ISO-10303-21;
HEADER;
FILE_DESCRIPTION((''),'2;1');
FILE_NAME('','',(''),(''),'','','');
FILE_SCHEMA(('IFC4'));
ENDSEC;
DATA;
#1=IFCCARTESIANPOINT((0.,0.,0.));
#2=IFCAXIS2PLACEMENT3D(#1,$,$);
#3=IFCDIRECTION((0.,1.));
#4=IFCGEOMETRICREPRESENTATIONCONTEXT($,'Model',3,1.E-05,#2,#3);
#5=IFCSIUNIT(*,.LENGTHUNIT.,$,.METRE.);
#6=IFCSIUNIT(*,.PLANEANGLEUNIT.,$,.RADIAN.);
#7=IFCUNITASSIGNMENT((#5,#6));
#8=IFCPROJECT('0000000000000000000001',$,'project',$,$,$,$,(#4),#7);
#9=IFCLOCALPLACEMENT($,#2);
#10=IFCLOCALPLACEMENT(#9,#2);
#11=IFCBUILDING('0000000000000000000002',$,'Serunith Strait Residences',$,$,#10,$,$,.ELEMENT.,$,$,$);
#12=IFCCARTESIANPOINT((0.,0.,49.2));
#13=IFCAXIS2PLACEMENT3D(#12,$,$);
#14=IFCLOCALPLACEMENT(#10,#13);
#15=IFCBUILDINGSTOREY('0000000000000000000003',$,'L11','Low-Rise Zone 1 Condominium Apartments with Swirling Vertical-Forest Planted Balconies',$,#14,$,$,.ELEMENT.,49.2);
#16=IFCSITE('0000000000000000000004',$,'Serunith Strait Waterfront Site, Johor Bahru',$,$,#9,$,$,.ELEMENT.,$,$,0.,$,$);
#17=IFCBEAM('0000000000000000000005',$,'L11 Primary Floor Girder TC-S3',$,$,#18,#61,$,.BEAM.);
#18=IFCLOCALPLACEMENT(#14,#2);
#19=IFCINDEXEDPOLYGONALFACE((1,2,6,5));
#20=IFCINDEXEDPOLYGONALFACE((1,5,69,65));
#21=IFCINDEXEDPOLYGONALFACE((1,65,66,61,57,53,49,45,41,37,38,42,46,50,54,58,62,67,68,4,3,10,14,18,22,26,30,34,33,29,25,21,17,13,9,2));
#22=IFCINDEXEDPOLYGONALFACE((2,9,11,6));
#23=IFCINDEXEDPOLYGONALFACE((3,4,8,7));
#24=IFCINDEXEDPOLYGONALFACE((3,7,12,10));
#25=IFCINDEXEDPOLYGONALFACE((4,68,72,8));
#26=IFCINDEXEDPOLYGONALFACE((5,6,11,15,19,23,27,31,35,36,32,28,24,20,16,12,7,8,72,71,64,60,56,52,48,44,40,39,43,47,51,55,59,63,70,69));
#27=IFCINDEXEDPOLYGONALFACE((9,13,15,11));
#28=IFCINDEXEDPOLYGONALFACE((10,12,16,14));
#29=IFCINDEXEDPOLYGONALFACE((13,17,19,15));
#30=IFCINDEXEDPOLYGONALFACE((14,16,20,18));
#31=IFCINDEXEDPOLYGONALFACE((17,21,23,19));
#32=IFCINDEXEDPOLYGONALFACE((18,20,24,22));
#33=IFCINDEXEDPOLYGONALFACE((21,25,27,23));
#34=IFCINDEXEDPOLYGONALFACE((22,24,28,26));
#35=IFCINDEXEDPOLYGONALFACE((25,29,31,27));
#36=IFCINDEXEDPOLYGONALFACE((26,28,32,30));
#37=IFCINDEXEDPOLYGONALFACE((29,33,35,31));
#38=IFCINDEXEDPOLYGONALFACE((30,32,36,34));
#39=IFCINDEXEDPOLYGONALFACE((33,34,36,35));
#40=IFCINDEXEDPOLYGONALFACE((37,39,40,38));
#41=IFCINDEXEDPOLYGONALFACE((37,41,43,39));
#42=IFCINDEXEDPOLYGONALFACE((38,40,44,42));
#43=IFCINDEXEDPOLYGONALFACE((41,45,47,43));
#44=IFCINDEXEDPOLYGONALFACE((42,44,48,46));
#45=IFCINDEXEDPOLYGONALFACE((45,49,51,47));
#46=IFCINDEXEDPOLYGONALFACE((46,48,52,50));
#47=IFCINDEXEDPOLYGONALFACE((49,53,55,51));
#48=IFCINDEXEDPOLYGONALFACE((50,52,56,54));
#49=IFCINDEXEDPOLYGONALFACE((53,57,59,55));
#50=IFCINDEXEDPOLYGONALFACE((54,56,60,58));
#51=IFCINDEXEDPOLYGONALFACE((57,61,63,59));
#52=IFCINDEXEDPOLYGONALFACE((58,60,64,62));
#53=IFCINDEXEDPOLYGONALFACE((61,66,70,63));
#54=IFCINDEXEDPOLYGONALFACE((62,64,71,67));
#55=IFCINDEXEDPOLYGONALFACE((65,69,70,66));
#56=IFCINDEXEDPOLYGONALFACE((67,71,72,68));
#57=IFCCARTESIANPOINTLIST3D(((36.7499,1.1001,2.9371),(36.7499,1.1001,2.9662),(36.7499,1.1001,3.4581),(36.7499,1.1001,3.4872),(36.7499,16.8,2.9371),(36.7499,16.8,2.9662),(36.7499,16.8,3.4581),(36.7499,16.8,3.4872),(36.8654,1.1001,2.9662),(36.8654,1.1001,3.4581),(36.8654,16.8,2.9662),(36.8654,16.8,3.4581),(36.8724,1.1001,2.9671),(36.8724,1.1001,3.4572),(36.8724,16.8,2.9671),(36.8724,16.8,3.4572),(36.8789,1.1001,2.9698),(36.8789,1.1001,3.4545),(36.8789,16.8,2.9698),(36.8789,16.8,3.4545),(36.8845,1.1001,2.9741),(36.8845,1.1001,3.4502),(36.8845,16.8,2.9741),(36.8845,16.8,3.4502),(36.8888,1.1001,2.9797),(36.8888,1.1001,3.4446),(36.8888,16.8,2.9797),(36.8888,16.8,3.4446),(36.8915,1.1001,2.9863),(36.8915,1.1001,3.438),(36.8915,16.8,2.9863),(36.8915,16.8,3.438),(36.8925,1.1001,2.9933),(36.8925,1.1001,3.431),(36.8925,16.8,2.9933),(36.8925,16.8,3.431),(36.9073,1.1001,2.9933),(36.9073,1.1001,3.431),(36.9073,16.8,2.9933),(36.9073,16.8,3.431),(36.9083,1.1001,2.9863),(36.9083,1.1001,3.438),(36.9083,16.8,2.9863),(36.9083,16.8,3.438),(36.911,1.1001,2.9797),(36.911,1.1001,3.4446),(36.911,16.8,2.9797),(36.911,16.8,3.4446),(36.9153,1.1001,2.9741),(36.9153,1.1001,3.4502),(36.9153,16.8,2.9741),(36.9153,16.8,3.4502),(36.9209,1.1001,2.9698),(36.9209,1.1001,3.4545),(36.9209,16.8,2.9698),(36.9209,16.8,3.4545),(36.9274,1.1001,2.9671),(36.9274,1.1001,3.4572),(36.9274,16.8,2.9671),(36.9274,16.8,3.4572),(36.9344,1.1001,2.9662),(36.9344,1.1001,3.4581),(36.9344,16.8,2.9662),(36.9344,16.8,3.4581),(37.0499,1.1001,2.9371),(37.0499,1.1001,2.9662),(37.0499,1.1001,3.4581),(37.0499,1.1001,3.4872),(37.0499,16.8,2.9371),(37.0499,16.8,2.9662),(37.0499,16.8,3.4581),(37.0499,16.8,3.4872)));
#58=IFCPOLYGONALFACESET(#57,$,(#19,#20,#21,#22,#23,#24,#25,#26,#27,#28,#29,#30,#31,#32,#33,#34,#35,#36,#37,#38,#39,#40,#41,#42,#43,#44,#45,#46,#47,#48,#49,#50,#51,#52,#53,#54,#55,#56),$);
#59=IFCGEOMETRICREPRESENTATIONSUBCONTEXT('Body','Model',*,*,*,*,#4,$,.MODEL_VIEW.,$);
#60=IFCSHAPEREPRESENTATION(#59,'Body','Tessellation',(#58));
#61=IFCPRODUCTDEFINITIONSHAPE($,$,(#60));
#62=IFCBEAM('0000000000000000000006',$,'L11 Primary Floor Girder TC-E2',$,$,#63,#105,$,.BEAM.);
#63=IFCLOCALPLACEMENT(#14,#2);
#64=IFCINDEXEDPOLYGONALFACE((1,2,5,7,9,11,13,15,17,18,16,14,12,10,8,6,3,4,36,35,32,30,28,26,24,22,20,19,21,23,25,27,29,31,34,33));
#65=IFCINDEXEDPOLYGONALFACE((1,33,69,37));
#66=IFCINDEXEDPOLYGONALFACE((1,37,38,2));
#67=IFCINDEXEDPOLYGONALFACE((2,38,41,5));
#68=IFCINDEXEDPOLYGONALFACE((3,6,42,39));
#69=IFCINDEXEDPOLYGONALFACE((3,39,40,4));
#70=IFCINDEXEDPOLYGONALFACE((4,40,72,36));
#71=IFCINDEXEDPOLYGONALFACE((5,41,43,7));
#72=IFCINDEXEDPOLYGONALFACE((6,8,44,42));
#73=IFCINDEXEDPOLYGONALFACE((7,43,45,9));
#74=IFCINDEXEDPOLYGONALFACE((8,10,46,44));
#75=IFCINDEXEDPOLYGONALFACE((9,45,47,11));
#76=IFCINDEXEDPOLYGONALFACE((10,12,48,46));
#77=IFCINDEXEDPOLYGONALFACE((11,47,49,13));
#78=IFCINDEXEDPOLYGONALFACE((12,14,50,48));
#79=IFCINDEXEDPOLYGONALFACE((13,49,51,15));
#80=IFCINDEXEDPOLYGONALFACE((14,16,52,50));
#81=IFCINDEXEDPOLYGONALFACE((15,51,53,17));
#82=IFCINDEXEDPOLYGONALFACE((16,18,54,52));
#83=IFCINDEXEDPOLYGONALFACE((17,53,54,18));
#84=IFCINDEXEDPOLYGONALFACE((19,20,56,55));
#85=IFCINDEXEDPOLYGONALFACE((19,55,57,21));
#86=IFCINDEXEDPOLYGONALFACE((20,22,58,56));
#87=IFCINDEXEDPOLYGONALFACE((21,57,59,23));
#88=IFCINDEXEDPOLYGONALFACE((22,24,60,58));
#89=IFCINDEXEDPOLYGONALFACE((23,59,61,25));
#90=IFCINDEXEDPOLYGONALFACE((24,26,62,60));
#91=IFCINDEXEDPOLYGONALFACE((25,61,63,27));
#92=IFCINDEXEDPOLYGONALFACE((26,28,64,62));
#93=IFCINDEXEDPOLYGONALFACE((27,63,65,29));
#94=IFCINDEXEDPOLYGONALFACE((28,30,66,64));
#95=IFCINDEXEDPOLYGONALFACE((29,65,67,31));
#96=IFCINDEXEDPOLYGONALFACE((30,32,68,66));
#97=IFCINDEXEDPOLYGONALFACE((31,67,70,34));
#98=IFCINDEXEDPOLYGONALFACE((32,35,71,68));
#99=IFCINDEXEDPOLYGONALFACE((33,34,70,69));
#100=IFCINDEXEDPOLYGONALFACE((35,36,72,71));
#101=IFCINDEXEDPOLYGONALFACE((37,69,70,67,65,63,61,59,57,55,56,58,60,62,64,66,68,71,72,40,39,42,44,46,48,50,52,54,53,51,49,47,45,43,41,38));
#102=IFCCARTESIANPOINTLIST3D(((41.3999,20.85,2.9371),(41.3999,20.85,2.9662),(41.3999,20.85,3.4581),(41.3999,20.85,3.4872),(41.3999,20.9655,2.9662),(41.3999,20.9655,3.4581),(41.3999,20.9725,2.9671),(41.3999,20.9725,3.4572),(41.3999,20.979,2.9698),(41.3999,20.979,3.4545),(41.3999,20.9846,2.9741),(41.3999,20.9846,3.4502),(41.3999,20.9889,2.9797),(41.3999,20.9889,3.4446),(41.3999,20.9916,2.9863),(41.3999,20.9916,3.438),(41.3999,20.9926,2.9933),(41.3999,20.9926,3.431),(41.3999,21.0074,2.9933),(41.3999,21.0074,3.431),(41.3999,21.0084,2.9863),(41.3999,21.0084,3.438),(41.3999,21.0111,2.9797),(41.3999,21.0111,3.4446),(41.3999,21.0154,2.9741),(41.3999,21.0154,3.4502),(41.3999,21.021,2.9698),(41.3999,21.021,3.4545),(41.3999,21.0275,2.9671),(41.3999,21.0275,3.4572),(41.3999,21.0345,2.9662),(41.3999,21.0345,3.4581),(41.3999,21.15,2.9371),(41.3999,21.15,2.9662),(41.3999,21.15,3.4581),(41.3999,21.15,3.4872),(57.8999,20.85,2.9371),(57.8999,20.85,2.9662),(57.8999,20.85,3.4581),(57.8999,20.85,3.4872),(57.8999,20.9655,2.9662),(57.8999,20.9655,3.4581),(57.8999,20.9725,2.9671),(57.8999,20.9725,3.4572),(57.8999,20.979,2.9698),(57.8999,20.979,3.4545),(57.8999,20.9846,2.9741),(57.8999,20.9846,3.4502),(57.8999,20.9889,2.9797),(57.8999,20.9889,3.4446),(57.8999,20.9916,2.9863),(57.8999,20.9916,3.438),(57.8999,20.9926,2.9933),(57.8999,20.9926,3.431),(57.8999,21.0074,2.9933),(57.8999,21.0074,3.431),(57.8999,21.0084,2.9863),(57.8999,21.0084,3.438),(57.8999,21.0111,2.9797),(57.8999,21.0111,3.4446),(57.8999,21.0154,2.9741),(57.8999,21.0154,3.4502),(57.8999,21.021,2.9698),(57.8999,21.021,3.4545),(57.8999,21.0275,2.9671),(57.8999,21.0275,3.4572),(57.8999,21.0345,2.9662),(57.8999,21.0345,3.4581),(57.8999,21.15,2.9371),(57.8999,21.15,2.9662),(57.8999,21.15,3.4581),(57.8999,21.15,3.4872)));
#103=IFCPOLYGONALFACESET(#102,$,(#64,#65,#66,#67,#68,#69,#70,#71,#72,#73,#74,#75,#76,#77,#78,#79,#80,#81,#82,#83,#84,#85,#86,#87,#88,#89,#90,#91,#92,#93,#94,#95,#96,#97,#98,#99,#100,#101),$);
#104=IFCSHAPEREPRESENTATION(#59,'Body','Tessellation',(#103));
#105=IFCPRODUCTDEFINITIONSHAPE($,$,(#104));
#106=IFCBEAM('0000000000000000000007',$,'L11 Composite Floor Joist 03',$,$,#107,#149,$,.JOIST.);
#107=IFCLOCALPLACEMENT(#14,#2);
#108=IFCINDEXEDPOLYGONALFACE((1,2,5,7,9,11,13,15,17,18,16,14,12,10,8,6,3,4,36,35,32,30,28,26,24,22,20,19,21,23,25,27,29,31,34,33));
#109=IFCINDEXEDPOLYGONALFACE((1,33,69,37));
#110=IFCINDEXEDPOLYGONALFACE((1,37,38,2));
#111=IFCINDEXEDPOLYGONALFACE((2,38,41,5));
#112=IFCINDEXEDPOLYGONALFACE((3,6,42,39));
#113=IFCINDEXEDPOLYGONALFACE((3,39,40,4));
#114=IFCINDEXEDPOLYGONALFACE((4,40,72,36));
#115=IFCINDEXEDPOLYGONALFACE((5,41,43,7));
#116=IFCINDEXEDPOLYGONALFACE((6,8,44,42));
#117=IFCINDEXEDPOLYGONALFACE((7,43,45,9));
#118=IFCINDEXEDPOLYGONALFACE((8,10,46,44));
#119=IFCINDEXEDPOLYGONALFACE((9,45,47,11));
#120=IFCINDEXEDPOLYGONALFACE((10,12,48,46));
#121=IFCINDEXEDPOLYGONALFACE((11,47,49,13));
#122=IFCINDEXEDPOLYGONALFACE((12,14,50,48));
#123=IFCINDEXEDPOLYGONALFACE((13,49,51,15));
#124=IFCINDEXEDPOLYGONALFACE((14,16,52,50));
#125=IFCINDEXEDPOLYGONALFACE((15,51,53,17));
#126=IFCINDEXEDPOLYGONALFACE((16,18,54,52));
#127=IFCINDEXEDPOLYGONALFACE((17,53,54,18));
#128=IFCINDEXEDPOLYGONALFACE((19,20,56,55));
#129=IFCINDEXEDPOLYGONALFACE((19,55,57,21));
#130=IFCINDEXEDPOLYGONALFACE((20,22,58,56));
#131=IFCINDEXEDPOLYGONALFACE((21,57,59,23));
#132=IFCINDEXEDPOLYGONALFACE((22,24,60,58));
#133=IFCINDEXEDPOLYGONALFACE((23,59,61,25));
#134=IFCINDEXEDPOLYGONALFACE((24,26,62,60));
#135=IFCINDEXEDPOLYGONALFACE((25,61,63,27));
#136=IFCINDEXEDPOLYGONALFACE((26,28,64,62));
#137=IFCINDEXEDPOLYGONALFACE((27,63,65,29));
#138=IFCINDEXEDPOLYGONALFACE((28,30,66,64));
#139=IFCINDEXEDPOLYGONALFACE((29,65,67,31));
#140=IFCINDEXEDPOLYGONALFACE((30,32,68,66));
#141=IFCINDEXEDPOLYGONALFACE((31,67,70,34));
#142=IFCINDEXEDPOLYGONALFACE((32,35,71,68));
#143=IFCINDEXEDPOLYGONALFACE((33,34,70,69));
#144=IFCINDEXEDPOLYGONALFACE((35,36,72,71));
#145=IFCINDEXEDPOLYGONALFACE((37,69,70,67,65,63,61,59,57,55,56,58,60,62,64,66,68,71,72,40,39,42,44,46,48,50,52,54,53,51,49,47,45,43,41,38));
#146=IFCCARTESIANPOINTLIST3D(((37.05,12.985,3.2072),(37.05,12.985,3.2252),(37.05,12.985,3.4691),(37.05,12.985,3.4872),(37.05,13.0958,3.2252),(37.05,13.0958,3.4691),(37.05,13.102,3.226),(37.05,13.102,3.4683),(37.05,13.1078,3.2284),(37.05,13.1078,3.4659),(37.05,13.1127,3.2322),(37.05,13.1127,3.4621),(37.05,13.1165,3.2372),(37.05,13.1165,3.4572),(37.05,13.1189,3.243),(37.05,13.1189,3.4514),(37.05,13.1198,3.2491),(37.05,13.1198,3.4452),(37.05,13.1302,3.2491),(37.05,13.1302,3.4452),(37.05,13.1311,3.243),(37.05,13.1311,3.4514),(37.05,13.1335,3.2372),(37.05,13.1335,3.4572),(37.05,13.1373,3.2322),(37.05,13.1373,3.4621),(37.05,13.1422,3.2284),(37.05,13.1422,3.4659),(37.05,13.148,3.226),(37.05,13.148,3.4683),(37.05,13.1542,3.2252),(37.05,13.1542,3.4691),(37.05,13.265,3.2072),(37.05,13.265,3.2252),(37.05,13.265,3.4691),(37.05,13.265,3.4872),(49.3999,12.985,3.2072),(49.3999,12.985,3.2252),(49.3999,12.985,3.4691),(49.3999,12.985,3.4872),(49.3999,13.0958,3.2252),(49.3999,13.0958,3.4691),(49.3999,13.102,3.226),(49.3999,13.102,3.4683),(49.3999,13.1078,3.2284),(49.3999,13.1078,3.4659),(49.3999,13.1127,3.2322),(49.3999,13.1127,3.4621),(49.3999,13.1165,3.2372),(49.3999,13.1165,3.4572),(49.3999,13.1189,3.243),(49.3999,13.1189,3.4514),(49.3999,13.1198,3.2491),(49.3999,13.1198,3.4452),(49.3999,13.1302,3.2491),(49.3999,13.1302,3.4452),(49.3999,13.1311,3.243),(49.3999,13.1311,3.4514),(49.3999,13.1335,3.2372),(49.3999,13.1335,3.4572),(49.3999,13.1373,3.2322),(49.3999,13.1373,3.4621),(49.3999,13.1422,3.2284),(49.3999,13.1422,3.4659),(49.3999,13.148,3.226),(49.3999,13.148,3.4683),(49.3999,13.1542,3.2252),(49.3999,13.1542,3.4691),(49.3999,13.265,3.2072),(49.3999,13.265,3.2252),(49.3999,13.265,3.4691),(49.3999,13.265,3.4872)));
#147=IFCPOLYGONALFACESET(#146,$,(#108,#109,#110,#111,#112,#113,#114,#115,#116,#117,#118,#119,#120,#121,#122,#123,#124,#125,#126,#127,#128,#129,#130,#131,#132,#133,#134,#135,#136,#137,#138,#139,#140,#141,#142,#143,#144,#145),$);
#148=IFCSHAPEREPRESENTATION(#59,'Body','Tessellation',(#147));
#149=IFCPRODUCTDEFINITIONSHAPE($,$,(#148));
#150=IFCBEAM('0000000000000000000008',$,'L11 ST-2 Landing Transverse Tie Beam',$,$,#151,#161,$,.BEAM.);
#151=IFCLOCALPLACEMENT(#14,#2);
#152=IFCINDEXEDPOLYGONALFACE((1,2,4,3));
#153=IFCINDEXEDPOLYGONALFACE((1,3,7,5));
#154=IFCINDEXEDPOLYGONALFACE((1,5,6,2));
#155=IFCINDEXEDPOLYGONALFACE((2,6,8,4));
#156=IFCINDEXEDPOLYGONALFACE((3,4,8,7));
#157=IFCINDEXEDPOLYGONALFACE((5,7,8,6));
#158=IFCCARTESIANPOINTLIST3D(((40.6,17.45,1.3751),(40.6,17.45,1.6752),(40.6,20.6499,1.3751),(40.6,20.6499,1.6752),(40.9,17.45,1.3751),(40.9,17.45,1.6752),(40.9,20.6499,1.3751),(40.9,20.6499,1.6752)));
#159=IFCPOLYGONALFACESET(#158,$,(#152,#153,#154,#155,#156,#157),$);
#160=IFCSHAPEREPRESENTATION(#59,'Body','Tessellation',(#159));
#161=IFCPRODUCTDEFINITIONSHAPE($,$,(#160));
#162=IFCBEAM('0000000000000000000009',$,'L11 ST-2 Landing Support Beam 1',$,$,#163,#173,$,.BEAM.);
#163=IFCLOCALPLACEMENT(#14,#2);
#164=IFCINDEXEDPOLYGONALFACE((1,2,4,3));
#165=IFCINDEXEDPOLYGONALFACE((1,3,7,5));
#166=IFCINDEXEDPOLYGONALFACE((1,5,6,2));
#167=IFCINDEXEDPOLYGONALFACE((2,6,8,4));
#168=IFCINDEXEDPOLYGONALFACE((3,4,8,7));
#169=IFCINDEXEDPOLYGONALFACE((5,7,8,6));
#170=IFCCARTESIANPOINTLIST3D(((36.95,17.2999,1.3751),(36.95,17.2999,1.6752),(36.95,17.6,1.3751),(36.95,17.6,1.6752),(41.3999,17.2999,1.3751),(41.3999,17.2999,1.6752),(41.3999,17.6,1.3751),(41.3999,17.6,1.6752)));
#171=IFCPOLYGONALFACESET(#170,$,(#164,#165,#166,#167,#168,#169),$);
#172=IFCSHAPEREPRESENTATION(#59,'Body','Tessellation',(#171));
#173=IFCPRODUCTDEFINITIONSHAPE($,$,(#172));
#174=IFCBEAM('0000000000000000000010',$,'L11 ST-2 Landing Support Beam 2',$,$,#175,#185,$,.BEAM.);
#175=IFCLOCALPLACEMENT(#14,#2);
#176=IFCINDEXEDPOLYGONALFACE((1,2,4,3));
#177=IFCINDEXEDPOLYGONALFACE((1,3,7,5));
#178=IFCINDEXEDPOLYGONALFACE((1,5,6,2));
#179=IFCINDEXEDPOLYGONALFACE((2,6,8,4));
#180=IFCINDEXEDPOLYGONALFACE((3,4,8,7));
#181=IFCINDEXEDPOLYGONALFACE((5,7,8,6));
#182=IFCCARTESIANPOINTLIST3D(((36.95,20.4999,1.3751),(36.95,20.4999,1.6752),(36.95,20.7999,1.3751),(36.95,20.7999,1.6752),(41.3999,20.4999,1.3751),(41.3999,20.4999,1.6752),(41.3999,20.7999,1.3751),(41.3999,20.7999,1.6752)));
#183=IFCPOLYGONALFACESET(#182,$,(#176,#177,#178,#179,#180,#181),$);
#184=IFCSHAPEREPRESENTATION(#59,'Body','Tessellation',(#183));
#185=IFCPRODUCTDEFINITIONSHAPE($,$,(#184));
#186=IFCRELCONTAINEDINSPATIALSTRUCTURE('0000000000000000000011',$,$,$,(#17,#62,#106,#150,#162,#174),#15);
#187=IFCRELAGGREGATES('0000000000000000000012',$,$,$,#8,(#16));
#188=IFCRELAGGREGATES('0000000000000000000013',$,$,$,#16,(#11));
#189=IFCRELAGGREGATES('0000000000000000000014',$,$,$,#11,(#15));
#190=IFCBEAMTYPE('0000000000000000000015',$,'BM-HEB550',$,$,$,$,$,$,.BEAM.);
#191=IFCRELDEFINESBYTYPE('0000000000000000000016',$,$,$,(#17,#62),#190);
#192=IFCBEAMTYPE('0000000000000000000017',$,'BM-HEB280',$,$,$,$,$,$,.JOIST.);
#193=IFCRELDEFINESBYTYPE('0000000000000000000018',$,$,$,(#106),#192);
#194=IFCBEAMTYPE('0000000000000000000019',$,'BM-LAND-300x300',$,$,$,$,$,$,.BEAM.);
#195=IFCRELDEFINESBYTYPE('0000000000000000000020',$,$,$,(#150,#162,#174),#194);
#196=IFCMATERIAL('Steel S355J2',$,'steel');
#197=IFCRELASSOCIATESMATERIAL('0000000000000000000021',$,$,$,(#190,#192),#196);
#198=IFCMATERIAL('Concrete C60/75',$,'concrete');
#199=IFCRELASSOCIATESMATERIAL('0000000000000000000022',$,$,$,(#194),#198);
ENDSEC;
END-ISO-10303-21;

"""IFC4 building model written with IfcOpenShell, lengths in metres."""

from ifc_helpers import new_model, si_unit, direction, frame, origin, origin_2d, place, context, subcontext, project, spatial, rectangle, i_section, extrude, source, transform, mapped, material, material_profile, profile_set, type_object, element, save


model = new_model("IFC4")

# Units and contexts
model_context = context("Model", 3, precision=1e-05, world=origin(), true_north=direction((0.0, 1.0)))
body_context = subcontext(model_context, "Body", "Model", "MODEL_VIEW")
ifc_project = project(units=[si_unit("LENGTHUNIT", "METRE"), si_unit("PLANEANGLEUNIT", "RADIAN")], contexts=[model_context])

# Site, building, storey
site_placement = place(None, origin())
site = spatial("IfcSite", under=ifc_project, at=site_placement, Name="Serunith Strait Waterfront Site, Johor Bahru", CompositionType="ELEMENT", RefElevation=0.0)
building_placement = place(site_placement, origin())
building = spatial("IfcBuilding", under=site, at=building_placement, Name="Serunith Strait Residences", CompositionType="ELEMENT")
storey_placement = place(building_placement, frame((0.0, 0.0, 49.2)))
storey = spatial("IfcBuildingStorey", under=building, at=storey_placement, Name="L11", Description="Low-Rise Zone 1 Condominium Apartments with Swirling Vertical-Forest Planted Balconies", CompositionType="ELEMENT", Elevation=49.2)

# Beams
ifc_material_1 = material(Name="Steel S355J2", Category="steel")
ifc_material_profile_1 = material_profile(ifc_material_1, i_section(OverallWidth=0.3, OverallDepth=0.55, WebThickness=0.0149, FlangeThickness=0.0291, FilletRadius=0.0271, at=origin_2d()), Name="HEB 550")
ifc_profile_set_1 = profile_set([ifc_material_profile_1], Name="Steel S355J2")
beam_type_1 = type_object("IfcBeamType", Name="BM-HEB550", PredefinedType="BEAM", material=ifc_profile_set_1)
shared_shape_1 = source(origin(), body_context, "Body", "SweptSolid", [
    extrude(i_section(OverallWidth=0.3, OverallDepth=0.55, WebThickness=0.0149, FlangeThickness=0.0291, FilletRadius=0.0271, at=origin_2d()), origin(), (0.0, 0.0, 1.0), 15.7),
])
beam_1_placement = place(storey_placement, frame((36.8999, 16.8, 3.2122), z_axis=(0.0, -1.0, 0.0), x_axis=(1.0, 0.0, 0.0)))
element("IfcBeam", 1, at=beam_1_placement, inside=storey, type_object=beam_type_1, Name="L11 Primary Floor Girder TC-S3", PredefinedType="BEAM", context=body_context, shape_type="MappedRepresentation", body=[
    mapped(shared_shape_1, transform((0.0, 0.0, 0.0), scale=1.0)),
])
shared_shape_2 = source(origin(), body_context, "Body", "SweptSolid", [
    extrude(i_section(OverallWidth=0.3, OverallDepth=0.55, WebThickness=0.0149, FlangeThickness=0.0291, FilletRadius=0.0271, at=origin_2d()), origin(), (0.0, 0.0, 1.0), 16.5),
])
beam_2_placement = place(storey_placement, frame((41.3999, 21.0, 3.2122), z_axis=(1.0, 0.0, 0.0), x_axis=(0.0, 1.0, 0.0)))
element("IfcBeam", 2, at=beam_2_placement, inside=storey, type_object=beam_type_1, Name="L11 Primary Floor Girder TC-E2", PredefinedType="BEAM", context=body_context, shape_type="MappedRepresentation", body=[
    mapped(shared_shape_2, transform((0.0, 0.0, 0.0), scale=1.0)),
])
ifc_material_profile_2 = material_profile(ifc_material_1, i_section(OverallWidth=0.28, OverallDepth=0.28, WebThickness=0.0105, FlangeThickness=0.0181, FilletRadius=0.0239, at=origin_2d()), Name="HEB 280")
ifc_profile_set_2 = profile_set([ifc_material_profile_2], Name="Steel S355J2")
beam_type_2 = type_object("IfcBeamType", Name="BM-HEB280", PredefinedType="JOIST", material=ifc_profile_set_2)
shared_shape_3 = source(origin(), body_context, "Body", "SweptSolid", [
    extrude(i_section(OverallWidth=0.28, OverallDepth=0.28, WebThickness=0.0105, FlangeThickness=0.0181, FilletRadius=0.0239, at=origin_2d()), origin(), (0.0, 0.0, 1.0), 12.3499),
])
beam_3_placement = place(storey_placement, frame((37.05, 13.125, 3.3472), z_axis=(1.0, 0.0, 0.0), x_axis=(0.0, 1.0, 0.0)))
element("IfcBeam", 3, at=beam_3_placement, inside=storey, type_object=beam_type_2, Name="L11 Composite Floor Joist 03", PredefinedType="JOIST", context=body_context, shape_type="MappedRepresentation", body=[
    mapped(shared_shape_3, transform((0.0, 0.0, 0.0), scale=1.0)),
])
ifc_material_2 = material(Name="Concrete C60/75", Category="concrete")
ifc_material_profile_3 = material_profile(ifc_material_2, rectangle(XDim=0.3, YDim=0.3, at=origin_2d()), Name="RC 300x300")
ifc_profile_set_3 = profile_set([ifc_material_profile_3], Name="Concrete C60/75")
beam_type_3 = type_object("IfcBeamType", Name="BM-LAND-300x300", PredefinedType="BEAM", material=ifc_profile_set_3)
shared_shape_4 = source(origin(), body_context, "Body", "SweptSolid", [
    extrude(rectangle(XDim=0.3, YDim=0.3, at=origin_2d()), origin(), (0.0, 0.0, 1.0), 3.2),
])
beam_4_placement = place(storey_placement, frame((40.75, 17.45, 1.5251), z_axis=(0.0, 1.0, 0.0), x_axis=(-1.0, 0.0, 0.0)))
element("IfcBeam", 4, at=beam_4_placement, inside=storey, type_object=beam_type_3, Name="L11 ST-2 Landing Transverse Tie Beam", PredefinedType="BEAM", context=body_context, shape_type="MappedRepresentation", body=[
    mapped(shared_shape_4, transform((0.0, 0.0, 0.0), scale=1.0)),
])
shared_shape_5 = source(origin(), body_context, "Body", "SweptSolid", [
    extrude(rectangle(XDim=0.3, YDim=0.3, at=origin_2d()), origin(), (0.0, 0.0, 1.0), 4.45),
])
for number, where, z_axis, x_axis, name in (
    (5, (36.95, 17.45, 1.5251), (1.0, 0.0, 0.0), (0.0, 1.0, 0.0), "L11 ST-2 Landing Support Beam 1"),
    (6, (36.95, 20.6499, 1.5251), (1.0, 0.0, 0.0), (0.0, 1.0, 0.0), "L11 ST-2 Landing Support Beam 2"),
):
    element("IfcBeam", number, at=place(storey_placement, frame(where, z_axis=z_axis, x_axis=x_axis)), inside=storey, type_object=beam_type_3, Name=name, PredefinedType="BEAM", context=body_context, shape_type="MappedRepresentation", body=[
        mapped(shared_shape_5, transform((0.0, 0.0, 0.0), scale=1.0)),
    ])

save(model, "model.ifc")
